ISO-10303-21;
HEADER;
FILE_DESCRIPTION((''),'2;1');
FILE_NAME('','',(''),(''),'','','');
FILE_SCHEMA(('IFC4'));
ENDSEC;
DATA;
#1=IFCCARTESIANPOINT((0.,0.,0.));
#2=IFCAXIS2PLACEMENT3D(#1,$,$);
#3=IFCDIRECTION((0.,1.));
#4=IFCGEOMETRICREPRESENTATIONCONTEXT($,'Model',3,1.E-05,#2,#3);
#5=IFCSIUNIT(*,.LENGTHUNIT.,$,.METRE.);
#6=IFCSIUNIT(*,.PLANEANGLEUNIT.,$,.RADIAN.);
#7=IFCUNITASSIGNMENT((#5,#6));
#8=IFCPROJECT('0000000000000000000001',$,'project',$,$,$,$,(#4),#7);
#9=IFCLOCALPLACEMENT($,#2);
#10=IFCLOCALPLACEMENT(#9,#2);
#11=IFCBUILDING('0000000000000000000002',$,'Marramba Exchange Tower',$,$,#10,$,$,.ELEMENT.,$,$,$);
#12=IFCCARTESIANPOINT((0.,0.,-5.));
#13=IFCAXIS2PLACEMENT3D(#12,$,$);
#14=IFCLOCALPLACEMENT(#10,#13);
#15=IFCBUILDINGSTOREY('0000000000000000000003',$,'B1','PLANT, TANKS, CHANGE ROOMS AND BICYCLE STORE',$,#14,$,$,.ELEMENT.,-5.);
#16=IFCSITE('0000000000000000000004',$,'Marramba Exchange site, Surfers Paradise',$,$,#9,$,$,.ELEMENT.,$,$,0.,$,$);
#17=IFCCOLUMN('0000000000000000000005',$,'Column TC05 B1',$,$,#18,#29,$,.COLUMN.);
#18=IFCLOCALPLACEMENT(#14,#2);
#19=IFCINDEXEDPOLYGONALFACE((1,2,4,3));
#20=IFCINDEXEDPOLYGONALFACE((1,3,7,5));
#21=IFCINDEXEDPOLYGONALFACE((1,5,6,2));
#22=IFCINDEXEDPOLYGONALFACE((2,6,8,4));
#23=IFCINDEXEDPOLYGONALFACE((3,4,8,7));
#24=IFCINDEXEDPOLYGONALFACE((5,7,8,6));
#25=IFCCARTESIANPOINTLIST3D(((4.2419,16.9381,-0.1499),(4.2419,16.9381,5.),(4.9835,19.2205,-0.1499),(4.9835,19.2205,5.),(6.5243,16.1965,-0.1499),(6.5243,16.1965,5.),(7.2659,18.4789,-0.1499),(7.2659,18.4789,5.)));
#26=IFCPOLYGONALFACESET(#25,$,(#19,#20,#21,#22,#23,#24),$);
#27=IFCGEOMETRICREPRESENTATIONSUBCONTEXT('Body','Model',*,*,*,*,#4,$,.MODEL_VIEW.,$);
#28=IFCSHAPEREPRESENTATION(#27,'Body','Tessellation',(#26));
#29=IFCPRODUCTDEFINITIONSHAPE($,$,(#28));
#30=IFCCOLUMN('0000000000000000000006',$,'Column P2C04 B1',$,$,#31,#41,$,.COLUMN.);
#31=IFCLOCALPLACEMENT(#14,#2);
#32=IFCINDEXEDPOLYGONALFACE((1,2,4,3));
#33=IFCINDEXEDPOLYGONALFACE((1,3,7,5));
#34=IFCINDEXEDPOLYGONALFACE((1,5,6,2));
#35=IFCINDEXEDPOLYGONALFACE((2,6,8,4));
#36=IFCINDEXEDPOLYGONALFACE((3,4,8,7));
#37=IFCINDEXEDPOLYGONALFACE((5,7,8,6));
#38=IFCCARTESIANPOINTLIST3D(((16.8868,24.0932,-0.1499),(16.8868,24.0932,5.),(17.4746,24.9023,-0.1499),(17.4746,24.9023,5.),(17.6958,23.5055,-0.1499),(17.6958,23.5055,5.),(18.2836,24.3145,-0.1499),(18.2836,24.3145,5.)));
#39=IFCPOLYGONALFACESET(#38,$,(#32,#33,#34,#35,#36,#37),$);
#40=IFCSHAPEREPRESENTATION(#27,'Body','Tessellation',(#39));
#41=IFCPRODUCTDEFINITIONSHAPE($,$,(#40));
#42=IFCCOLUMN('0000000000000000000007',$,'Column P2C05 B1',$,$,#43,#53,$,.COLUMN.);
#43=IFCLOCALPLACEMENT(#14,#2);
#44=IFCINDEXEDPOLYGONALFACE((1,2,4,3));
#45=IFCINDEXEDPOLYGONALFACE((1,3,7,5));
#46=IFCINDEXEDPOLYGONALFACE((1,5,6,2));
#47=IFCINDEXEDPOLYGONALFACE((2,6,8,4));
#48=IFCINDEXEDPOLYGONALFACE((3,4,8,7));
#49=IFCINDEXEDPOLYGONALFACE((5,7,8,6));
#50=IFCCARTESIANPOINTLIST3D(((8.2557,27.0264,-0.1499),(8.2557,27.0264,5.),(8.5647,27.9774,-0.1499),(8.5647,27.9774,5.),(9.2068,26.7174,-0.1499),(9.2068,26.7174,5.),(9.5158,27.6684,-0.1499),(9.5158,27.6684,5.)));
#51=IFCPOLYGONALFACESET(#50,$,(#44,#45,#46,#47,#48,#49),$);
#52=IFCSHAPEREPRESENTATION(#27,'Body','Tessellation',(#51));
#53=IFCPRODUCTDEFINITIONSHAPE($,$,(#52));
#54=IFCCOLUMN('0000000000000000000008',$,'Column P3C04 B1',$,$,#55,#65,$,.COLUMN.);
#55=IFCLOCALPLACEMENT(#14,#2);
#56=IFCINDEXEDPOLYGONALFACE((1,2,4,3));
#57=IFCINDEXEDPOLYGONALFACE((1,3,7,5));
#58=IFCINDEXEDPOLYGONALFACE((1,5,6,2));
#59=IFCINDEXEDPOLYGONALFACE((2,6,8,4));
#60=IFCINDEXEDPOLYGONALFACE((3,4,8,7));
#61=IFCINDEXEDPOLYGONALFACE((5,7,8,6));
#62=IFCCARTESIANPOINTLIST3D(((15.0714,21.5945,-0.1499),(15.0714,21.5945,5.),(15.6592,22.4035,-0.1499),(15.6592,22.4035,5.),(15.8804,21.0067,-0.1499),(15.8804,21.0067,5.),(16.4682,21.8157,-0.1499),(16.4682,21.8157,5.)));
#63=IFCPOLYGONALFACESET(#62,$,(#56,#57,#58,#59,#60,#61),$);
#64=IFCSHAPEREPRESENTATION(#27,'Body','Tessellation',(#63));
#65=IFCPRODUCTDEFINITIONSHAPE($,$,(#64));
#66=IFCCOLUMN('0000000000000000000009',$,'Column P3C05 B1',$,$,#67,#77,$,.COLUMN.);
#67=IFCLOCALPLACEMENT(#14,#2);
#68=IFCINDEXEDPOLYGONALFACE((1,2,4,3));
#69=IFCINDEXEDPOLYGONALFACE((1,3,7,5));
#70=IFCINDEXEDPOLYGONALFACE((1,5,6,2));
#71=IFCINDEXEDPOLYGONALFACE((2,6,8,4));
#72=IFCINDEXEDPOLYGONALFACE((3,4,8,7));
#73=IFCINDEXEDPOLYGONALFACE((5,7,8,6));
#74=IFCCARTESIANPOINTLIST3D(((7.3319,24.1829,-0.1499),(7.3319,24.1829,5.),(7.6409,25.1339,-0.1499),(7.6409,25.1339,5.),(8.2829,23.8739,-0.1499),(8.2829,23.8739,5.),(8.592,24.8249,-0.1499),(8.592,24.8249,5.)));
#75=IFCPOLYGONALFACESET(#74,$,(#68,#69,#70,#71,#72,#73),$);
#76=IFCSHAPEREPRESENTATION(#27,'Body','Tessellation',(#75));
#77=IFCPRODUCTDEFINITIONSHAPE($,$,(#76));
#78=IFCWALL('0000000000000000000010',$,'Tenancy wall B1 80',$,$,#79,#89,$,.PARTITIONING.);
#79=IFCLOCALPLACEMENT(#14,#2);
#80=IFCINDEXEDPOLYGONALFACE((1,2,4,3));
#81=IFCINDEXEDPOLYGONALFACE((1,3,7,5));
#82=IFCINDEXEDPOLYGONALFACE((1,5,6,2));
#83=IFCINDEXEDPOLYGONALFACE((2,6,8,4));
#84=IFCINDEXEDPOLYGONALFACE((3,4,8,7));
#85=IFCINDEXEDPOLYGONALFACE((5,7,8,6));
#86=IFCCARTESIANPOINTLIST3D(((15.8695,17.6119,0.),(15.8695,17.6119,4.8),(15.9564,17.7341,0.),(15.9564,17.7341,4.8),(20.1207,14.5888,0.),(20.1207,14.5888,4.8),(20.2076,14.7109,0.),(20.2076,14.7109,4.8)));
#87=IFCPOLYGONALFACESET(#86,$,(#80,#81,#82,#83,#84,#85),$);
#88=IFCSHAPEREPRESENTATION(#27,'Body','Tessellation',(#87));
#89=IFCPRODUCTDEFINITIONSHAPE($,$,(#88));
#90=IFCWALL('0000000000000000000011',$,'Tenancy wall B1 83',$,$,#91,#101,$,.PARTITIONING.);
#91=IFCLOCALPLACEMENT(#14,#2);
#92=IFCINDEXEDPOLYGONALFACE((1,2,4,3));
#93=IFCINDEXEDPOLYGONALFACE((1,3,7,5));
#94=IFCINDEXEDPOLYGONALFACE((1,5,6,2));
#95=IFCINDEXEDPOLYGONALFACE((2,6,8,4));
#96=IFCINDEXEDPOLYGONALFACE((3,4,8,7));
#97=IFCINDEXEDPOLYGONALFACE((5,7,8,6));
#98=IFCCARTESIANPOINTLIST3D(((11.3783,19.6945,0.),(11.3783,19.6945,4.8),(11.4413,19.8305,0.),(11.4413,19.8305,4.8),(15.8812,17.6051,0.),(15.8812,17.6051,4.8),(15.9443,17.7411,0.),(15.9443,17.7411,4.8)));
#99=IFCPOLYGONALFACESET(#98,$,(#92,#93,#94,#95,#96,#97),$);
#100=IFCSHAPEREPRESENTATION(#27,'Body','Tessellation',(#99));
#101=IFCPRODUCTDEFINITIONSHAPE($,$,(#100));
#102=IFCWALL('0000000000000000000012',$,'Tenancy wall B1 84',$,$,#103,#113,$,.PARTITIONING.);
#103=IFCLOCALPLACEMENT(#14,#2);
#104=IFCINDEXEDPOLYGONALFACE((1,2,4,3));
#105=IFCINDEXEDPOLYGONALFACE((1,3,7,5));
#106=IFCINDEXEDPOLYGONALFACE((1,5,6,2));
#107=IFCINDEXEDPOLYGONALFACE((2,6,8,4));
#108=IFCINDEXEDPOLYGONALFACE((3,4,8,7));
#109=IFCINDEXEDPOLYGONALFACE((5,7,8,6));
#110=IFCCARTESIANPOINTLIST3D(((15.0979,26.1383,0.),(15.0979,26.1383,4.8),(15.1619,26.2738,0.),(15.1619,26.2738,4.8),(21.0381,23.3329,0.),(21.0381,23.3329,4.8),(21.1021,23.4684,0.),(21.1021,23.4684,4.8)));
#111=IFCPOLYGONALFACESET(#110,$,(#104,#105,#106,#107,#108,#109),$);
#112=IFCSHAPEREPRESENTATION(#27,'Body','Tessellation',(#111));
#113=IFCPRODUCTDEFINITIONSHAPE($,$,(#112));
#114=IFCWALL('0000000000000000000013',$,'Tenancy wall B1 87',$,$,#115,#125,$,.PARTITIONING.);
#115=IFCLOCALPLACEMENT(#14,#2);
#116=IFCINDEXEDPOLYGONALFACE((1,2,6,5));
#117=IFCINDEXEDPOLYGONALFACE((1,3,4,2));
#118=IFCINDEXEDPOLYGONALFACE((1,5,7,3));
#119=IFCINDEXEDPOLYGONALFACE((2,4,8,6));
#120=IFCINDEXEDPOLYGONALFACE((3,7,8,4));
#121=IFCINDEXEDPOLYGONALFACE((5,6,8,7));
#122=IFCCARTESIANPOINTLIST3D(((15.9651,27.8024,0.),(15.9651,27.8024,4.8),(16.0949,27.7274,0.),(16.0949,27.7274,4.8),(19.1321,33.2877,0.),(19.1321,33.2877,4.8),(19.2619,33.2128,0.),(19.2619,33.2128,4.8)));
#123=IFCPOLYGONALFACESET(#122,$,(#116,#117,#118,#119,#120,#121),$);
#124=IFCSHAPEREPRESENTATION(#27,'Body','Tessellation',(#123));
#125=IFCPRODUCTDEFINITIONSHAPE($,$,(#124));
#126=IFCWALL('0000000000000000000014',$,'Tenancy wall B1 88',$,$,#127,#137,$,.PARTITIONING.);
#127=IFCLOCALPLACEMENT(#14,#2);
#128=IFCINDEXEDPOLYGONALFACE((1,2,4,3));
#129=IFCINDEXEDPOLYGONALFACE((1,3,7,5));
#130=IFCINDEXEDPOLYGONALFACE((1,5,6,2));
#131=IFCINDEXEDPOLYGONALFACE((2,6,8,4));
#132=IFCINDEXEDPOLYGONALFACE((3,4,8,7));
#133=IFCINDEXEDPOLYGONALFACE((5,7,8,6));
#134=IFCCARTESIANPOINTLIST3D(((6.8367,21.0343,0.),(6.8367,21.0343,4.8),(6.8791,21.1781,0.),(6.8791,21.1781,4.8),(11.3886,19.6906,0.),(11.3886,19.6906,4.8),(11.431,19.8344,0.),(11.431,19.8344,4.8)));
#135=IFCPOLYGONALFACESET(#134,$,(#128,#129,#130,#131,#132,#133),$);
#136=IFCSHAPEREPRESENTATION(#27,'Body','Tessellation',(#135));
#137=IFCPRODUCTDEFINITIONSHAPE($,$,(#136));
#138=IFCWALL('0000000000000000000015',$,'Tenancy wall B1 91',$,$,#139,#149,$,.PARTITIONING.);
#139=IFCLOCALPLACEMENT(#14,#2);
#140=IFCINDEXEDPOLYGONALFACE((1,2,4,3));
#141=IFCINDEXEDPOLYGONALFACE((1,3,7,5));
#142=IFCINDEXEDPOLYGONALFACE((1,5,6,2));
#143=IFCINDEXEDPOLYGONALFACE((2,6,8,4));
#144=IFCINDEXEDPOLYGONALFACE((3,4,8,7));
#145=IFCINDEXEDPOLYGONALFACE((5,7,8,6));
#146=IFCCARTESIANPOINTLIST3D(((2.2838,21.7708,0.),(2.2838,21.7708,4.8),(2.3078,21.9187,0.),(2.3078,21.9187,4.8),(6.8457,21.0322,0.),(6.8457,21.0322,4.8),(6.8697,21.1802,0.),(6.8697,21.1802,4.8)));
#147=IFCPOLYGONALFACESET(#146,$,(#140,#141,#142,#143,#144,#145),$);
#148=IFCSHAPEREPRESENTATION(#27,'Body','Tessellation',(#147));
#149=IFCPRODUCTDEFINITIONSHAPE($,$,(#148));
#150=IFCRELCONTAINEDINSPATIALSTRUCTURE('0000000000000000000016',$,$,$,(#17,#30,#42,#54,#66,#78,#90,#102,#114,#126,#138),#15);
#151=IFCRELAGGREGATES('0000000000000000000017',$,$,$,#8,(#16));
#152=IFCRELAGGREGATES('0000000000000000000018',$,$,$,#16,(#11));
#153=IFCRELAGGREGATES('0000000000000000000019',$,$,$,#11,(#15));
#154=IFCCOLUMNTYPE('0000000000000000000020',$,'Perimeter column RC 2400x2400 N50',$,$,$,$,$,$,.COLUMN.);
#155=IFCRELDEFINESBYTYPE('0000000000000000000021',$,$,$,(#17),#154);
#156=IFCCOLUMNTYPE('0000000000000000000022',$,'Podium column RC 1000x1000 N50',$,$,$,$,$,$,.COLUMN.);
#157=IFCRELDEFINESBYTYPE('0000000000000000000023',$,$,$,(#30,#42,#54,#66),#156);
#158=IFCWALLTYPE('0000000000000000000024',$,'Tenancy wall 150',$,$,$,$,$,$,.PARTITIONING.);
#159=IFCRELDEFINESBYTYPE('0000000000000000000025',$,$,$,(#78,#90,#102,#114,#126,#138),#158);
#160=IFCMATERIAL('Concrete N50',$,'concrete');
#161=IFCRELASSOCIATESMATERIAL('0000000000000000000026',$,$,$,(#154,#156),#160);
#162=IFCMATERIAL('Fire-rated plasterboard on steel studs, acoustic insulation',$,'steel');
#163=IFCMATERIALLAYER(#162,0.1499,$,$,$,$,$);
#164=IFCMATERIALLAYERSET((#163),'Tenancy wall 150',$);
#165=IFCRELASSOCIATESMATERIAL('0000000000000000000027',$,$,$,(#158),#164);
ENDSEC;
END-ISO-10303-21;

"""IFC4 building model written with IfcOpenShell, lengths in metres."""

from ifc_helpers import new_model, si_unit, direction, frame, frame_2d, origin, origin_2d, place, context, subcontext, project, spatial, rectangle, extrude, material, layer, layer_set, material_profile, profile_set, type_object, element, save


model = new_model("IFC4")

# Units and contexts
model_context = context("Model", 3, precision=1e-05, world=origin(), true_north=direction((0.0, 1.0)))
body_context = subcontext(model_context, "Body", "Model", "MODEL_VIEW")
ifc_project = project(units=[si_unit("LENGTHUNIT", "METRE"), si_unit("PLANEANGLEUNIT", "RADIAN")], contexts=[model_context])

# Site, building, storey
site_placement = place(None, origin())
site = spatial("IfcSite", under=ifc_project, at=site_placement, Name="Marramba Exchange site, Surfers Paradise", CompositionType="ELEMENT", RefElevation=0.0)
building_placement = place(site_placement, origin())
building = spatial("IfcBuilding", under=site, at=building_placement, Name="Marramba Exchange Tower", CompositionType="ELEMENT")
storey_placement = place(building_placement, frame((0.0, 0.0, -5.0)))
storey = spatial("IfcBuildingStorey", under=building, at=storey_placement, Name="B1", Description="PLANT, TANKS, CHANGE ROOMS AND BICYCLE STORE", CompositionType="ELEMENT", Elevation=-5.0)

# Shared definitions
ifc_material_1 = material(Name="Concrete N50", Category="concrete")

# Columns
ifc_material_profile_1 = material_profile(ifc_material_1, rectangle(XDim=2.3999, YDim=2.3999, at=origin_2d()), Name="RC 2400x2400")
ifc_profile_set_1 = profile_set([ifc_material_profile_1], Name="Concrete N50")
column_type_1 = type_object("IfcColumnType", Name="Perimeter column RC 2400x2400 N50", PredefinedType="COLUMN", material=ifc_profile_set_1)
column_placement = place(storey_placement, frame((5.7539, 17.7085, -0.1499), z_axis=(0.0, 0.0, 1.0), x_axis=(0.309017, 0.951057, 0.0)))
element("IfcColumn", 1, at=column_placement, inside=storey, type_object=column_type_1, Name="Column TC05 B1", PredefinedType="COLUMN", context=body_context, shape_type="SweptSolid", body=[
    extrude(rectangle(XDim=2.3999, YDim=2.3999, at=origin_2d()), origin(), (0.0, 0.0, 1.0), 5.1499),
])
ifc_material_profile_2 = material_profile(ifc_material_1, rectangle(XDim=1.0, YDim=1.0, at=origin_2d()), Name="RC 1000x1000")
ifc_profile_set_2 = profile_set([ifc_material_profile_2], Name="Concrete N50")
column_type_2 = type_object("IfcColumnType", Name="Podium column RC 1000x1000 N50", PredefinedType="COLUMN", material=ifc_profile_set_2)
for number, where, z_axis, x_axis, name in (
    (2, (17.5852, 24.2039, -0.1499), (0.0, 0.0, 1.0), (0.587785, 0.809017, 0.0), "Column P2C04 B1"),
    (3, (8.8857, 27.3474, -0.1499), (0.0, 0.0, 1.0), (0.309017, 0.951057, 0.0), "Column P2C05 B1"),
    (4, (15.7698, 21.7051, -0.1499), (0.0, 0.0, 1.0), (0.587785, 0.809017, 0.0), "Column P3C04 B1"),
    (5, (7.9619, 24.5039, -0.1499), (0.0, 0.0, 1.0), (0.309017, 0.951057, 0.0), "Column P3C05 B1"),
):
    element("IfcColumn", number, at=place(storey_placement, frame(where, z_axis=z_axis, x_axis=x_axis)), inside=storey, type_object=column_type_2, Name=name, PredefinedType="COLUMN", context=body_context, shape_type="SweptSolid", body=[
        extrude(rectangle(XDim=1.0, YDim=1.0, at=origin_2d()), origin(), (0.0, 0.0, 1.0), 5.1499),
    ])

# Walls
ifc_material_2 = material(Name="Fire-rated plasterboard on steel studs, acoustic insulation", Category="steel")
ifc_layer = layer(ifc_material_2, 0.1499)
ifc_layer_set = layer_set([ifc_layer], Name="Tenancy wall 150")
wall_type = type_object("IfcWallType", Name="Tenancy wall 150", PredefinedType="PARTITIONING", material=ifc_layer_set)
wall_1_placement = place(storey_placement, frame((15.9128, 17.6731, 0.0), z_axis=(0.0, 0.0, 1.0), x_axis=(0.814946, -0.579537, 0.0)))
element("IfcWall", 6, at=wall_1_placement, inside=storey, type_object=wall_type, Name="Tenancy wall B1 80", PredefinedType="PARTITIONING", context=body_context, shape_type="SweptSolid", body=[
    extrude(rectangle(XDim=5.2166, YDim=0.1499, at=frame_2d((2.6084, 0.0))), origin(), (0.0, 0.0, 1.0), 4.8),
])
wall_2_placement = place(storey_placement, frame((11.4099, 19.7625, 0.0), z_axis=(0.0, 0.0, 1.0), x_axis=(0.907108, -0.420897, 0.0)))
element("IfcWall", 7, at=wall_2_placement, inside=storey, type_object=wall_type, Name="Tenancy wall B1 83", PredefinedType="PARTITIONING", context=body_context, shape_type="SweptSolid", body=[
    extrude(rectangle(XDim=4.9641, YDim=0.1499, at=frame_2d((2.4819, 0.0))), origin(), (0.0, 0.0, 1.0), 4.8),
])
wall_3_placement = place(storey_placement, frame((15.1299, 26.2061, 0.0), z_axis=(0.0, 0.0, 1.0), x_axis=(0.904229, -0.427048, 0.0)))
element("IfcWall", 8, at=wall_3_placement, inside=storey, type_object=wall_type, Name="Tenancy wall B1 84", PredefinedType="PARTITIONING", context=body_context, shape_type="SweptSolid", body=[
    extrude(rectangle(XDim=6.5693, YDim=0.1499, at=frame_2d((3.2847, 0.0))), origin(), (0.0, 0.0, 1.0), 4.8),
])
wall_4_placement = place(storey_placement, frame((16.03, 27.7649, 0.0), z_axis=(0.0, 0.0, 1.0), x_axis=(0.500003, 0.866024, 0.0)))
element("IfcWall", 9, at=wall_4_placement, inside=storey, type_object=wall_type, Name="Tenancy wall B1 87", PredefinedType="PARTITIONING", context=body_context, shape_type="SweptSolid", body=[
    extrude(rectangle(XDim=6.334, YDim=0.1499, at=frame_2d((3.167, 0.0))), origin(), (0.0, 0.0, 1.0), 4.8),
])
wall_5_placement = place(storey_placement, frame((6.8579, 21.1062, 0.0), z_axis=(0.0, 0.0, 1.0), x_axis=(0.959084, -0.283121, 0.0)))
element("IfcWall", 10, at=wall_5_placement, inside=storey, type_object=wall_type, Name="Tenancy wall B1 88", PredefinedType="PARTITIONING", context=body_context, shape_type="SweptSolid", body=[
    extrude(rectangle(XDim=4.7461, YDim=0.1499, at=frame_2d((2.373, 0.0))), origin(), (0.0, 0.0, 1.0), 4.8),
])
wall_6_placement = place(storey_placement, frame((2.2959, 21.8447, 0.0), z_axis=(0.0, 0.0, 1.0), x_axis=(0.987149, -0.159805, 0.0)))
element("IfcWall", 11, at=wall_6_placement, inside=storey, type_object=wall_type, Name="Tenancy wall B1 91", PredefinedType="PARTITIONING", context=body_context, shape_type="SweptSolid", body=[
    extrude(rectangle(XDim=4.6213, YDim=0.1499, at=frame_2d((2.3105, 0.0))), origin(), (0.0, 0.0, 1.0), 4.8),
])

save(model, "model.ifc")
